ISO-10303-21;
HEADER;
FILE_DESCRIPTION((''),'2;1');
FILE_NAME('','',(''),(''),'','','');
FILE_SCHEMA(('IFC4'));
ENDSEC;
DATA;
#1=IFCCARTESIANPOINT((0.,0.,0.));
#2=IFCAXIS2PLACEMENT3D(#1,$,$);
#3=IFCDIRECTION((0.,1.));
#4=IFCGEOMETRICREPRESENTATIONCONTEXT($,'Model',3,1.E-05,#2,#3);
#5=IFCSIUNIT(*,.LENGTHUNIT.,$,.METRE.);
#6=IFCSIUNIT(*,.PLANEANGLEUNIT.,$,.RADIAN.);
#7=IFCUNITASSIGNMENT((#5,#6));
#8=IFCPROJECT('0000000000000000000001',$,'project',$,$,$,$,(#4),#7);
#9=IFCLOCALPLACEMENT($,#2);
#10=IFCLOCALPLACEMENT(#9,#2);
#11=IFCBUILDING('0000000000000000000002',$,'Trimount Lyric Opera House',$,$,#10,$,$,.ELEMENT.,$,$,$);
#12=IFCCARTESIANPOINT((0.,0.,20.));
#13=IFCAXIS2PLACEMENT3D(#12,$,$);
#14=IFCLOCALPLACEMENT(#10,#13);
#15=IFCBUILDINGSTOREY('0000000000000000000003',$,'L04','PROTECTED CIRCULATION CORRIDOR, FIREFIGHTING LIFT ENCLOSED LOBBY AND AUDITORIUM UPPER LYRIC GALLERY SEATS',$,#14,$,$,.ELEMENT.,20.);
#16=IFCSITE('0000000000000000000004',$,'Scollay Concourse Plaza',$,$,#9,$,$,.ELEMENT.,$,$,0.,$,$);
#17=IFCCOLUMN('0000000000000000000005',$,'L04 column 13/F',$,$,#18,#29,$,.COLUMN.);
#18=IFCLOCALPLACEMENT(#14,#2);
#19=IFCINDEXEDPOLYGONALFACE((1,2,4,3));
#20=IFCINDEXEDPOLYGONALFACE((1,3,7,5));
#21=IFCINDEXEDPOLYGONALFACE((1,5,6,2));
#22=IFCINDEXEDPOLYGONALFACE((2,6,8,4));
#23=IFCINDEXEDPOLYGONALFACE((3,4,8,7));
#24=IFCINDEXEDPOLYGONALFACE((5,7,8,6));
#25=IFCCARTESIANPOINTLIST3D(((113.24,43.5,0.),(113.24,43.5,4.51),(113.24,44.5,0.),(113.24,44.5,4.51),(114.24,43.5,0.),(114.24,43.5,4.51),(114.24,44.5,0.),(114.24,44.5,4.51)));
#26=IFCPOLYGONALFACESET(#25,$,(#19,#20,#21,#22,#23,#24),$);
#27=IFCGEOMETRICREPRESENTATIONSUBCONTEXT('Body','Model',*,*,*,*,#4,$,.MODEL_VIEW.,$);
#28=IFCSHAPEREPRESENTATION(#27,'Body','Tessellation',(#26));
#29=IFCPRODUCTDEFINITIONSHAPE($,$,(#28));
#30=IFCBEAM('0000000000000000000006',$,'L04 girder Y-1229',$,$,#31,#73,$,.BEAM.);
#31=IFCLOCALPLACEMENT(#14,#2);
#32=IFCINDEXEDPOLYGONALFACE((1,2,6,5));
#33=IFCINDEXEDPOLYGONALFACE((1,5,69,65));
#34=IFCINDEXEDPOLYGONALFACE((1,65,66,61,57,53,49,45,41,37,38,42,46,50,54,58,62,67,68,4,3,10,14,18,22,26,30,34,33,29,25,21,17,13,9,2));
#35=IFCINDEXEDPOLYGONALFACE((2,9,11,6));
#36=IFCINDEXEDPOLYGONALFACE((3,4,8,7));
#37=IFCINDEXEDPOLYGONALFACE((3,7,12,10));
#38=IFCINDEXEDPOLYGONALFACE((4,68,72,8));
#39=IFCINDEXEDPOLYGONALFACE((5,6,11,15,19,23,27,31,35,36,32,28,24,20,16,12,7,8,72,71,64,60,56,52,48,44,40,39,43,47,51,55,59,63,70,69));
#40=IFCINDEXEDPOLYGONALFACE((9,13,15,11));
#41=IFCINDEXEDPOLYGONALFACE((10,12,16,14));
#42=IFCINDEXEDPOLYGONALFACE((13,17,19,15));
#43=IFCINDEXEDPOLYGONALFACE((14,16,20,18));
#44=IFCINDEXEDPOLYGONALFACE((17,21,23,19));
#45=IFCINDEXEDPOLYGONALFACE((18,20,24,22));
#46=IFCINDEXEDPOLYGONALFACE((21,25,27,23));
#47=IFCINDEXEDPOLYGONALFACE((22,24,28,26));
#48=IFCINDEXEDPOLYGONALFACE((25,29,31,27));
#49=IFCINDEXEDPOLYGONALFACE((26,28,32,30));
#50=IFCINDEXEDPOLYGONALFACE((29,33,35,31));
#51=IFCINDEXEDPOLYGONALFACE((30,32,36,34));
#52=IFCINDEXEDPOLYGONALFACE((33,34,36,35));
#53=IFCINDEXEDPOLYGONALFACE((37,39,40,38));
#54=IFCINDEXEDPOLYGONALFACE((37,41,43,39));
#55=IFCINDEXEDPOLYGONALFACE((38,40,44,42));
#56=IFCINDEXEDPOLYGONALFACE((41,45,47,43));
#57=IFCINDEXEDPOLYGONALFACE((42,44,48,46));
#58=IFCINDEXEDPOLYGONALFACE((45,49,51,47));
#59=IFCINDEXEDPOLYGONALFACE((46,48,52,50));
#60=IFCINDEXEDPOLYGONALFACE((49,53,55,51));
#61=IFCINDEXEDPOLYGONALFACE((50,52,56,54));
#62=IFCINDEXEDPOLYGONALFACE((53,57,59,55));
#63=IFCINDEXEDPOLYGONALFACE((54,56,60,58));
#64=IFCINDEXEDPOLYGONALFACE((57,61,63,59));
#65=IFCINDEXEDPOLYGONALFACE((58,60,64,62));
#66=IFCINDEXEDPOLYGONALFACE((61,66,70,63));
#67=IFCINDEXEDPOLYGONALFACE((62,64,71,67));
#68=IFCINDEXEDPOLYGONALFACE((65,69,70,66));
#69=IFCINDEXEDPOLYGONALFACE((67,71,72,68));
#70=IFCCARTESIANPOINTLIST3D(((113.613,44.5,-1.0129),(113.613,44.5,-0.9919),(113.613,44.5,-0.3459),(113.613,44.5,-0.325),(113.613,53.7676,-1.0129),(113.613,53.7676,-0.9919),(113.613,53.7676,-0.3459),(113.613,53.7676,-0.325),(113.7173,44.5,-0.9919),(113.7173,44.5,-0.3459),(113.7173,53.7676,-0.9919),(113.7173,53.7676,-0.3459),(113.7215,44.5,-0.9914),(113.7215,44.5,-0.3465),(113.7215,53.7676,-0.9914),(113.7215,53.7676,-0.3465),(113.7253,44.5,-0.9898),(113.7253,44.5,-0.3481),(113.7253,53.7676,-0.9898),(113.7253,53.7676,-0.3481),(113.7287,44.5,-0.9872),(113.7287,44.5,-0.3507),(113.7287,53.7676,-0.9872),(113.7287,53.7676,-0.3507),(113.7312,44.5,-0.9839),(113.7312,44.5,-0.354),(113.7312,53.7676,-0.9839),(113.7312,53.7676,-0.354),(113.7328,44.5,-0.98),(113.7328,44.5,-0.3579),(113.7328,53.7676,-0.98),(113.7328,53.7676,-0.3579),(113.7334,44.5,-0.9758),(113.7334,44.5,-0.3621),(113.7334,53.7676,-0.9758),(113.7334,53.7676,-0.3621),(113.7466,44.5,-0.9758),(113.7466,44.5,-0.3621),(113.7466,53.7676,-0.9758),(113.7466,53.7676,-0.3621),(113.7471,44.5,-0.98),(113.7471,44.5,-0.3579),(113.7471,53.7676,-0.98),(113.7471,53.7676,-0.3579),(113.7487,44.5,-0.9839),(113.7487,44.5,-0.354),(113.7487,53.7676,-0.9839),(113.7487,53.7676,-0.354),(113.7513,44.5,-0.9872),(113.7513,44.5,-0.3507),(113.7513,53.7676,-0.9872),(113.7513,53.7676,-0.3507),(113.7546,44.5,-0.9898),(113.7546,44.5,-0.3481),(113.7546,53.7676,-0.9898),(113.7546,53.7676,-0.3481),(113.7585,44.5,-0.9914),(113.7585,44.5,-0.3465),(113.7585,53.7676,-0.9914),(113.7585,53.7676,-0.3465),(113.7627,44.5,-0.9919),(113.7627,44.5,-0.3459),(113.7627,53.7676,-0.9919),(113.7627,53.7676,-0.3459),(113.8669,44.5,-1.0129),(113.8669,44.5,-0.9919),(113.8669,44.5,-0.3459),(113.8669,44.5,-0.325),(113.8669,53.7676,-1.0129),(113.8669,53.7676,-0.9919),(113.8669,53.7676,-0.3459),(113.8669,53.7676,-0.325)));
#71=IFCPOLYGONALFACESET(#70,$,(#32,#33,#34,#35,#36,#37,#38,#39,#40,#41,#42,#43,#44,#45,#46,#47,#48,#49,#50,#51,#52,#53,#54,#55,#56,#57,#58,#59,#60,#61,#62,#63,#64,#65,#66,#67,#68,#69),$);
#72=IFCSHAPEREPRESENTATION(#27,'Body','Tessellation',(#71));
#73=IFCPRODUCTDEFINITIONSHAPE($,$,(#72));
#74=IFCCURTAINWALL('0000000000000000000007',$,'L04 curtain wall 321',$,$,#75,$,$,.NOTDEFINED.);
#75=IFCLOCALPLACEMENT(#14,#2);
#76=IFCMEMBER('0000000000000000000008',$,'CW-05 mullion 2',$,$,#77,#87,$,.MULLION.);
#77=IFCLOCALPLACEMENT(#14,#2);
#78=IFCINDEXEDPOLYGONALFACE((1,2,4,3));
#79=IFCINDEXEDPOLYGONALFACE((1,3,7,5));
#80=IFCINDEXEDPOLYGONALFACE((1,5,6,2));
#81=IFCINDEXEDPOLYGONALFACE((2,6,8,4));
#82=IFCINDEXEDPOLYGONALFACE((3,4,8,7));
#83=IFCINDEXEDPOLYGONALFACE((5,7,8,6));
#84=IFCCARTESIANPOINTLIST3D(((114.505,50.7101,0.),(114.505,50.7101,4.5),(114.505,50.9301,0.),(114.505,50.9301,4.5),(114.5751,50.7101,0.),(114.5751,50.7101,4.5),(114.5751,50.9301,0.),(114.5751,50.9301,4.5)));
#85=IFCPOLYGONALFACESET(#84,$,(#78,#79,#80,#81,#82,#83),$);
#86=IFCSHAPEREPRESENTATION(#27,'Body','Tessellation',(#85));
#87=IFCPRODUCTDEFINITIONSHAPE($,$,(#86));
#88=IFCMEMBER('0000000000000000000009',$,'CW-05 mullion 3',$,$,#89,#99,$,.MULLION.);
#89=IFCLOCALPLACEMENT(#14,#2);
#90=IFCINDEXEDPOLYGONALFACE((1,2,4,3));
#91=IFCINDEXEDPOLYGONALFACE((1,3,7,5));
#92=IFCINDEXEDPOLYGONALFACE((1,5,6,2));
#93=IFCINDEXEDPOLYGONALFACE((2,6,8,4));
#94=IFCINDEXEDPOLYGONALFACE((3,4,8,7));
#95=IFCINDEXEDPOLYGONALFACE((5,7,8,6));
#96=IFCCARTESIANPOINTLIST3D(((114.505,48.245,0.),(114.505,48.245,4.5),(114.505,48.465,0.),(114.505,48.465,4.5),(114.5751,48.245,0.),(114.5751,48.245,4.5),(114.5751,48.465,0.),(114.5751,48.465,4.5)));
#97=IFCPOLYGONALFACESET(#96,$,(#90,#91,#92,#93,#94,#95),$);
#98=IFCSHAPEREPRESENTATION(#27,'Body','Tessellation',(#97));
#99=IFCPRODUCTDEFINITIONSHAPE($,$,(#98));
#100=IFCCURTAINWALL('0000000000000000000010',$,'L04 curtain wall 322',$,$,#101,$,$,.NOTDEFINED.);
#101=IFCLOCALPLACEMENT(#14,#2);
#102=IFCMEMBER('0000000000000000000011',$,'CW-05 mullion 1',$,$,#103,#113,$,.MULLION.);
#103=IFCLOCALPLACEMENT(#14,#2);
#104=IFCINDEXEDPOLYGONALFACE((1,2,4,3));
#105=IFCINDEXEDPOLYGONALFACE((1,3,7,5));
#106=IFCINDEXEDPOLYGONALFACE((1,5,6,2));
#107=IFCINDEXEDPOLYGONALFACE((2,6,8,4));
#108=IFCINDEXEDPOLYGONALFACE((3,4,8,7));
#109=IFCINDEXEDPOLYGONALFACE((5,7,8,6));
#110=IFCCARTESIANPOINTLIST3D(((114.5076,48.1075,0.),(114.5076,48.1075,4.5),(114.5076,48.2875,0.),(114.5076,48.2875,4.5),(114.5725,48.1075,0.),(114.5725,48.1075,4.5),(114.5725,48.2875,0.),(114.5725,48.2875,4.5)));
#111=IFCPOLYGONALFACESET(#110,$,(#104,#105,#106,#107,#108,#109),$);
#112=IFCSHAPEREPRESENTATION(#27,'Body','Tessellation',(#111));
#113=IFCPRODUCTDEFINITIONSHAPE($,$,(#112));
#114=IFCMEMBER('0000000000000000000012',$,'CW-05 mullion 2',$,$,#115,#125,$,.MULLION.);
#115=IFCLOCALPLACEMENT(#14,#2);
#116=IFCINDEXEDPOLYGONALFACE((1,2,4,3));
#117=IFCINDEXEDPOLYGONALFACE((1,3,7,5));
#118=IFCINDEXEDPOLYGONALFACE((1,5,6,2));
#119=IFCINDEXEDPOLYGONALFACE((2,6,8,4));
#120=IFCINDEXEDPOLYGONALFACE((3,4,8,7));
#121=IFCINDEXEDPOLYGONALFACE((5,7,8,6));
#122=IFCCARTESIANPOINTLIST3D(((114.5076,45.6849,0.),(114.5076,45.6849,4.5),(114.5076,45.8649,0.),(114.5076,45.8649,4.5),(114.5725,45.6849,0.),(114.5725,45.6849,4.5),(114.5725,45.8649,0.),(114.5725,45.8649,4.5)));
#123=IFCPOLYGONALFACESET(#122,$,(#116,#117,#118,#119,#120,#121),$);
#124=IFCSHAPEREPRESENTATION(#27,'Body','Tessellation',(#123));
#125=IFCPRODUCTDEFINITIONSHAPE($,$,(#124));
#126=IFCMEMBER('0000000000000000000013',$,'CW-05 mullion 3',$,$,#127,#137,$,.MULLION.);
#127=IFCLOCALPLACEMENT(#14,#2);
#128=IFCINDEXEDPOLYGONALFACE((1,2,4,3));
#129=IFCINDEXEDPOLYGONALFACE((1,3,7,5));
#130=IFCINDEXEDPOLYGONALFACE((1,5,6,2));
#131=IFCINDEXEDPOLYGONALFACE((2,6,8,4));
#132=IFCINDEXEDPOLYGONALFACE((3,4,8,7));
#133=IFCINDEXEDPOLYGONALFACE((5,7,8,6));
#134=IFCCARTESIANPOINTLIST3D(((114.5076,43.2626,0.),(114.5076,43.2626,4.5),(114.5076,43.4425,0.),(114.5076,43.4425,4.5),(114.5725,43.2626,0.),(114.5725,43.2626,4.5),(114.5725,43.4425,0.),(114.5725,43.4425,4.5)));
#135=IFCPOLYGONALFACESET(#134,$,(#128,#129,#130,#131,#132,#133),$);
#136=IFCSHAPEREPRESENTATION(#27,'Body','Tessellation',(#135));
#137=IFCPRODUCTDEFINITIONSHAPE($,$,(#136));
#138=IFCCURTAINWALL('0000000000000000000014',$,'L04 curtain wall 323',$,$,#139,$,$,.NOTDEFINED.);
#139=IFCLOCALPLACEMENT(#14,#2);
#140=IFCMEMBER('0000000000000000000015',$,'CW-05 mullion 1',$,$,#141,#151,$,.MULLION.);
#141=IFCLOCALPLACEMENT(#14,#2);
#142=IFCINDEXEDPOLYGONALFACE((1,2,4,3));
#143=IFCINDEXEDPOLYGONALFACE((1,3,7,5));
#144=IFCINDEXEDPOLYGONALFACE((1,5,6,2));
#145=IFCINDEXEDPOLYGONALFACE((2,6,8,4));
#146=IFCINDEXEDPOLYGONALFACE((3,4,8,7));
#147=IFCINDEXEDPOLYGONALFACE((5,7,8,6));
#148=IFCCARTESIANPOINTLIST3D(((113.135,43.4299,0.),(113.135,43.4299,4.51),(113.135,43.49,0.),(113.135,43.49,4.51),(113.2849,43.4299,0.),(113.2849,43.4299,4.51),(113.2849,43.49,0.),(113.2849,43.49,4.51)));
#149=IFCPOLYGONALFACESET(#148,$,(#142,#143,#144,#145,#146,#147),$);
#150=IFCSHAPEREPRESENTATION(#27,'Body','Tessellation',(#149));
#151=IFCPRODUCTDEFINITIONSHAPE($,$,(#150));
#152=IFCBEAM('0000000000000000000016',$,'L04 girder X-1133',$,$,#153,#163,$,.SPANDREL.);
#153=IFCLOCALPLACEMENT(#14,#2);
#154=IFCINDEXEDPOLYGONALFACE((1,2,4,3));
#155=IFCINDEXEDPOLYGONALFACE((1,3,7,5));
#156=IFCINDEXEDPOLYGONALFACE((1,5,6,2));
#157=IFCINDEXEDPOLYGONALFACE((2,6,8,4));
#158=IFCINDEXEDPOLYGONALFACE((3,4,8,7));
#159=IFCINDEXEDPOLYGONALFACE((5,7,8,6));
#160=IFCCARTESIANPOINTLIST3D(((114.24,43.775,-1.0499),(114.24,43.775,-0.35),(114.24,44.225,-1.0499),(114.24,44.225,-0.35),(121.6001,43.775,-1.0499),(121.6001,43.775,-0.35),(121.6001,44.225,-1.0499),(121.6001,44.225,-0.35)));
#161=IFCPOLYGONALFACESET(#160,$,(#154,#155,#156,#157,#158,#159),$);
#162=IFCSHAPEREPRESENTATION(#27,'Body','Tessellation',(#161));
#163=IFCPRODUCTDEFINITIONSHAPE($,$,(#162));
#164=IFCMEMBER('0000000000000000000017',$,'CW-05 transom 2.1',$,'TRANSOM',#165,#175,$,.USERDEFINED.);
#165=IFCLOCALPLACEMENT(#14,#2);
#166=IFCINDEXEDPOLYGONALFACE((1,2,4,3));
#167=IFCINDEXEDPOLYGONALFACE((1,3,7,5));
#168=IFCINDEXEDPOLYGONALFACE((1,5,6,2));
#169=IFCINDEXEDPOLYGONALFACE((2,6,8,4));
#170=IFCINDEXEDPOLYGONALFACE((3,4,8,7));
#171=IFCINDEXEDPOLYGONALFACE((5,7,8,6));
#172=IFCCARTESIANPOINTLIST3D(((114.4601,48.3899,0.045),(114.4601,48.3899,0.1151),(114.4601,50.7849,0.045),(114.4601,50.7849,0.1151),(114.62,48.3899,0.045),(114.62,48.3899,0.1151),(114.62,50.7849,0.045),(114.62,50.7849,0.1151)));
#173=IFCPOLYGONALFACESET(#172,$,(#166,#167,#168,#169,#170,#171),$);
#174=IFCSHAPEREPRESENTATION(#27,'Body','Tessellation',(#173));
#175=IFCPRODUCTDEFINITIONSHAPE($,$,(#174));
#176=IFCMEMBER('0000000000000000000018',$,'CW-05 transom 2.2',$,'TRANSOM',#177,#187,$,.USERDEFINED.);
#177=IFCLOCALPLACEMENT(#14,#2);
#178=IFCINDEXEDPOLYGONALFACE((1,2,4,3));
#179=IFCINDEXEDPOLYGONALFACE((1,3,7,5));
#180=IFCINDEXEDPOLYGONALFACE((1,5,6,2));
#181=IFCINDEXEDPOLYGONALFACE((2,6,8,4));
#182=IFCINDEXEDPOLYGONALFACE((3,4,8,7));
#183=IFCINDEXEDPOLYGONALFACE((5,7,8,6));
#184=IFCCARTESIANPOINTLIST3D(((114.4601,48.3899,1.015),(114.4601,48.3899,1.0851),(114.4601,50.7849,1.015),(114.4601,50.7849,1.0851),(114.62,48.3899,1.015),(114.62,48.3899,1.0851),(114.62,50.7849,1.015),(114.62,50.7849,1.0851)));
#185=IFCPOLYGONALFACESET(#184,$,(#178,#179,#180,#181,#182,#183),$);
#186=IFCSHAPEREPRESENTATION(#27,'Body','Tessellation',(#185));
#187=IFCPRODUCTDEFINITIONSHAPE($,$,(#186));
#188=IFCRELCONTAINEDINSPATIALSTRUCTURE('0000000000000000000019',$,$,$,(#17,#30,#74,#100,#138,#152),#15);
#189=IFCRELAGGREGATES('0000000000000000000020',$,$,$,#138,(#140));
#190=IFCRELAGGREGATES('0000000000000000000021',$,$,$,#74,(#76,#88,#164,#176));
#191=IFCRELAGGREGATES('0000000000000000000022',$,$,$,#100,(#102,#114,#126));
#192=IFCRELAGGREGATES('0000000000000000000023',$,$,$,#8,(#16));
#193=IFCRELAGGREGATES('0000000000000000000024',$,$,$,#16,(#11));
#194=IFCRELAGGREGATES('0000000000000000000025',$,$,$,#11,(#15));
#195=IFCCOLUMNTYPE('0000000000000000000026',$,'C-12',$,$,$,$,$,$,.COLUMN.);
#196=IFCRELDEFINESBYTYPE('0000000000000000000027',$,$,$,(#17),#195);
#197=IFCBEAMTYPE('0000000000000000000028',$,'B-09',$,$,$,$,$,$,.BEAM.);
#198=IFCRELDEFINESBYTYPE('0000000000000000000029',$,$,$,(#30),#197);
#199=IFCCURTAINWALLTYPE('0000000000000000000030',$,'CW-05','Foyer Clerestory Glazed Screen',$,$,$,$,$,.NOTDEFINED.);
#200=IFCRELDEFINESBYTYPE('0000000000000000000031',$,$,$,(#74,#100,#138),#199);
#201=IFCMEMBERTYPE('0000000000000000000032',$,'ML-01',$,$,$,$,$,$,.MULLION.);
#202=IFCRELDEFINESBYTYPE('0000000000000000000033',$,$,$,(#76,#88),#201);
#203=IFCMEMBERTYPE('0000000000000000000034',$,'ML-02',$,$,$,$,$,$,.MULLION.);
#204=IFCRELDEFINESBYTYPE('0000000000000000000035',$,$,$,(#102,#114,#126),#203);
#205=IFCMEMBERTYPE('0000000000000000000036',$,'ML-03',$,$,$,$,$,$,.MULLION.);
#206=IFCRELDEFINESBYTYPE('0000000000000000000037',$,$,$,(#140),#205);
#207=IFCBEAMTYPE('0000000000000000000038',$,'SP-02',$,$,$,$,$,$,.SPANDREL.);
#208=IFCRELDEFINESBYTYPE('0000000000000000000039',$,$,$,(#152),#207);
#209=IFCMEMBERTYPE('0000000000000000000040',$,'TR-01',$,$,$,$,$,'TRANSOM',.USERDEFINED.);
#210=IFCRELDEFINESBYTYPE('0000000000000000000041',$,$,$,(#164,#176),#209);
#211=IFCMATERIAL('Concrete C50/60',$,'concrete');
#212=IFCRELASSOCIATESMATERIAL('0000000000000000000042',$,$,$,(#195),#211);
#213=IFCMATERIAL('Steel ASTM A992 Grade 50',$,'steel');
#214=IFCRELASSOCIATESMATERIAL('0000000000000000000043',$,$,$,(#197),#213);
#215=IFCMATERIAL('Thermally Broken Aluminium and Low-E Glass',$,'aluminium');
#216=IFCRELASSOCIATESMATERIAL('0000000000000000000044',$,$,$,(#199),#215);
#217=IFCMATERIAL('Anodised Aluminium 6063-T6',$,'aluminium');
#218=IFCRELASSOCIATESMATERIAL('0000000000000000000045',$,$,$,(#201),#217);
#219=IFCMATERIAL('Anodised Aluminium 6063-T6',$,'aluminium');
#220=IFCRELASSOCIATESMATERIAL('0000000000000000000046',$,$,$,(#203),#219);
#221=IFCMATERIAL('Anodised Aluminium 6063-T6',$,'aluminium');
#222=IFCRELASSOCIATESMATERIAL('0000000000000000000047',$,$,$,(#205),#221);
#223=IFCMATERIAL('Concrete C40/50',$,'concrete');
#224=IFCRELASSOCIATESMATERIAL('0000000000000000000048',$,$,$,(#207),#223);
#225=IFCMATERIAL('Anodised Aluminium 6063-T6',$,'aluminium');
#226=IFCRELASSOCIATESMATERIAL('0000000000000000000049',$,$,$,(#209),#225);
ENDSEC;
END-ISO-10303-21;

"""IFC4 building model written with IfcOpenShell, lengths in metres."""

from ifc_helpers import new_model, si_unit, direction, frame, origin, origin_2d, place, context, subcontext, project, spatial, rectangle, i_section, extrude, material, material_profile, profile_set, type_object, element, aggregate, save


model = new_model("IFC4")

# Units and contexts
model_context = context("Model", 3, precision=1e-05, world=origin(), true_north=direction((0.0, 1.0)))
body_context = subcontext(model_context, "Body", "Model", "MODEL_VIEW")
ifc_project = project(units=[si_unit("LENGTHUNIT", "METRE"), si_unit("PLANEANGLEUNIT", "RADIAN")], contexts=[model_context])

# Site, building, storey
site_placement = place(None, origin())
site = spatial("IfcSite", under=ifc_project, at=site_placement, Name="Scollay Concourse Plaza", CompositionType="ELEMENT", RefElevation=0.0)
building_placement = place(site_placement, origin())
building = spatial("IfcBuilding", under=site, at=building_placement, Name="Trimount Lyric Opera House", CompositionType="ELEMENT")
storey_placement = place(building_placement, frame((0.0, 0.0, 20.0)))
storey = spatial("IfcBuildingStorey", under=building, at=storey_placement, Name="L04", Description="PROTECTED CIRCULATION CORRIDOR, FIREFIGHTING LIFT ENCLOSED LOBBY AND AUDITORIUM UPPER LYRIC GALLERY SEATS", CompositionType="ELEMENT", Elevation=20.0)

# Column
ifc_material_1 = material(Name="Concrete C50/60", Category="concrete")
ifc_material_profile_1 = material_profile(ifc_material_1, rectangle(XDim=1.0, YDim=1.0, at=origin_2d()), Name="RC1000X1000")
ifc_profile_set_1 = profile_set([ifc_material_profile_1], Name="Concrete C50/60")
column_type = type_object("IfcColumnType", Name="C-12", PredefinedType="COLUMN", material=ifc_profile_set_1)
column_placement = place(storey_placement, frame((113.74, 44.0, 0.0), z_axis=(0.0, 0.0, 1.0), x_axis=(1.0, 0.0, 0.0)))
element("IfcColumn", 1, at=column_placement, inside=storey, type_object=column_type, Name="L04 column 13/F", PredefinedType="COLUMN", context=body_context, shape_type="SweptSolid", body=[
    extrude(rectangle(XDim=1.0, YDim=1.0, at=origin_2d()), origin(), (0.0, 0.0, 1.0), 4.51),
])

# Beam
ifc_material_2 = material(Name="Steel ASTM A992 Grade 50", Category="steel")
ifc_material_profile_2 = material_profile(ifc_material_2, i_section(OverallWidth=0.2539, OverallDepth=0.688, WebThickness=0.0132, FlangeThickness=0.021, FilletRadius=0.0161, at=origin_2d()), Name="W27X102")
ifc_profile_set_2 = profile_set([ifc_material_profile_2], Name="Steel ASTM A992 Grade 50")
beam_type_1 = type_object("IfcBeamType", Name="B-09", PredefinedType="BEAM", material=ifc_profile_set_2)
beam_1_placement = place(storey_placement, frame((113.74, 44.5, -0.6689), z_axis=(0.0, 1.0, 0.0), x_axis=(-1.0, 0.0, 0.0)))
element("IfcBeam", 2, at=beam_1_placement, inside=storey, type_object=beam_type_1, Name="L04 girder Y-1229", PredefinedType="BEAM", context=body_context, shape_type="SweptSolid", body=[
    extrude(i_section(OverallWidth=0.2539, OverallDepth=0.688, WebThickness=0.0132, FlangeThickness=0.021, FilletRadius=0.0161, at=origin_2d()), origin(), (0.0, 0.0, 1.0), 9.2676),
])

# Curtain walls, members
ifc_material_3 = material(Name="Thermally Broken Aluminium and Low-E Glass", Category="aluminium")
curtain_wall_type = type_object("IfcCurtainWallType", Name="CW-05", Description="Foyer Clerestory Glazed Screen", PredefinedType="NOTDEFINED", material=ifc_material_3)
curtain_wall_1_placement = place(storey_placement, origin())
curtain_wall_1 = element("IfcCurtainWall", 3, at=curtain_wall_1_placement, inside=storey, type_object=curtain_wall_type, Name="L04 curtain wall 321", PredefinedType="NOTDEFINED")
ifc_material_4 = material(Name="Anodised Aluminium 6063-T6", Category="aluminium")
ifc_material_profile_3 = material_profile(ifc_material_4, rectangle(XDim=0.0701, YDim=0.22, at=origin_2d()), Name="ALU-MULL-70X220")
ifc_profile_set_3 = profile_set([ifc_material_profile_3], Name="Anodised Aluminium 6063-T6")
member_type_1 = type_object("IfcMemberType", Name="ML-01", PredefinedType="MULLION", material=ifc_profile_set_3)
member_1_placement = place(storey_placement, frame((114.54, 50.8201, 0.0), z_axis=(0.0, 0.0, 1.0), x_axis=(1.0, 0.0, 0.0)))
member_1 = element("IfcMember", 4, at=member_1_placement, type_object=member_type_1, Name="CW-05 mullion 2", PredefinedType="MULLION", context=body_context, shape_type="SweptSolid", body=[
    extrude(rectangle(XDim=0.0701, YDim=0.22, at=origin_2d()), origin(), (0.0, 0.0, 1.0), 4.5),
])
member_2_placement = place(storey_placement, frame((114.54, 48.355, 0.0), z_axis=(0.0, 0.0, 1.0), x_axis=(1.0, 0.0, 0.0)))
member_2 = element("IfcMember", 5, at=member_2_placement, type_object=member_type_1, Name="CW-05 mullion 3", PredefinedType="MULLION", context=body_context, shape_type="SweptSolid", body=[
    extrude(rectangle(XDim=0.0701, YDim=0.22, at=origin_2d()), origin(), (0.0, 0.0, 1.0), 4.5),
])
curtain_wall_2_placement = place(storey_placement, origin())
curtain_wall_2 = element("IfcCurtainWall", 6, at=curtain_wall_2_placement, inside=storey, type_object=curtain_wall_type, Name="L04 curtain wall 322", PredefinedType="NOTDEFINED")
ifc_material_5 = material(Name="Anodised Aluminium 6063-T6", Category="aluminium")
ifc_material_profile_4 = material_profile(ifc_material_5, rectangle(XDim=0.0649, YDim=0.1799, at=origin_2d()), Name="ALU-MULL-65X180")
ifc_profile_set_4 = profile_set([ifc_material_profile_4], Name="Anodised Aluminium 6063-T6")
member_type_2 = type_object("IfcMemberType", Name="ML-02", PredefinedType="MULLION", material=ifc_profile_set_4)
member_3_placement = place(storey_placement, frame((114.54, 48.1975, 0.0), z_axis=(0.0, 0.0, 1.0), x_axis=(1.0, 0.0, 0.0)))
member_3 = element("IfcMember", 7, at=member_3_placement, type_object=member_type_2, Name="CW-05 mullion 1", PredefinedType="MULLION", context=body_context, shape_type="SweptSolid", body=[
    extrude(rectangle(XDim=0.0649, YDim=0.1799, at=origin_2d()), origin(), (0.0, 0.0, 1.0), 4.5),
])
member_4_placement = place(storey_placement, frame((114.54, 45.7749, 0.0), z_axis=(0.0, 0.0, 1.0), x_axis=(1.0, 0.0, 0.0)))
member_4 = element("IfcMember", 8, at=member_4_placement, type_object=member_type_2, Name="CW-05 mullion 2", PredefinedType="MULLION", context=body_context, shape_type="SweptSolid", body=[
    extrude(rectangle(XDim=0.0649, YDim=0.1799, at=origin_2d()), origin(), (0.0, 0.0, 1.0), 4.5),
])
member_5_placement = place(storey_placement, frame((114.54, 43.3525, 0.0), z_axis=(0.0, 0.0, 1.0), x_axis=(1.0, 0.0, 0.0)))
member_5 = element("IfcMember", 9, at=member_5_placement, type_object=member_type_2, Name="CW-05 mullion 3", PredefinedType="MULLION", context=body_context, shape_type="SweptSolid", body=[
    extrude(rectangle(XDim=0.0649, YDim=0.1799, at=origin_2d()), origin(), (0.0, 0.0, 1.0), 4.5),
])

# Curtain wall, member
curtain_wall_3_placement = place(storey_placement, origin())
curtain_wall_3 = element("IfcCurtainWall", 10, at=curtain_wall_3_placement, inside=storey, type_object=curtain_wall_type, Name="L04 curtain wall 323", PredefinedType="NOTDEFINED")
ifc_material_6 = material(Name="Anodised Aluminium 6063-T6", Category="aluminium")
ifc_material_profile_5 = material_profile(ifc_material_6, rectangle(XDim=0.0601, YDim=0.1499, at=origin_2d()), Name="ALU-MULL-60X150")
ifc_profile_set_5 = profile_set([ifc_material_profile_5], Name="Anodised Aluminium 6063-T6")
member_type_3 = type_object("IfcMemberType", Name="ML-03", PredefinedType="MULLION", material=ifc_profile_set_5)
member_6_placement = place(storey_placement, frame((113.21, 43.46, 0.0), z_axis=(0.0, 0.0, 1.0), x_axis=(0.0, -1.0, 0.0)))
member_6 = element("IfcMember", 11, at=member_6_placement, type_object=member_type_3, Name="CW-05 mullion 1", PredefinedType="MULLION", context=body_context, shape_type="SweptSolid", body=[
    extrude(rectangle(XDim=0.0601, YDim=0.1499, at=origin_2d()), origin(), (0.0, 0.0, 1.0), 4.51),
])

# Beam
ifc_material_7 = material(Name="Concrete C40/50", Category="concrete")
ifc_material_profile_6 = material_profile(ifc_material_7, rectangle(XDim=0.45, YDim=0.7, at=origin_2d()), Name="RC450X700")
ifc_profile_set_6 = profile_set([ifc_material_profile_6], Name="Concrete C40/50")
beam_type_2 = type_object("IfcBeamType", Name="SP-02", PredefinedType="SPANDREL", material=ifc_profile_set_6)
beam_2_placement = place(storey_placement, frame((114.24, 44.0, -0.7), z_axis=(1.0, 0.0, 0.0), x_axis=(0.0, 1.0, 0.0)))
element("IfcBeam", 12, at=beam_2_placement, inside=storey, type_object=beam_type_2, Name="L04 girder X-1133", PredefinedType="SPANDREL", context=body_context, shape_type="SweptSolid", body=[
    extrude(rectangle(XDim=0.45, YDim=0.7, at=origin_2d()), origin(), (0.0, 0.0, 1.0), 7.3601),
])

# Members
ifc_material_8 = material(Name="Anodised Aluminium 6063-T6", Category="aluminium")
ifc_material_profile_7 = material_profile(ifc_material_8, rectangle(XDim=0.1599, YDim=0.0701, at=origin_2d()), Name="ALU-TRAN-70X160")
ifc_profile_set_7 = profile_set([ifc_material_profile_7], Name="Anodised Aluminium 6063-T6")
member_type_4 = type_object("IfcMemberType", Name="TR-01", ElementType="TRANSOM", PredefinedType="USERDEFINED", material=ifc_profile_set_7)
member_7_placement = place(storey_placement, frame((114.54, 50.7849, 0.0801), z_axis=(0.0, -1.0, 0.0), x_axis=(1.0, 0.0, 0.0)))
member_7 = element("IfcMember", 13, at=member_7_placement, type_object=member_type_4, Name="CW-05 transom 2.1", ObjectType="TRANSOM", PredefinedType="USERDEFINED", context=body_context, shape_type="SweptSolid", body=[
    extrude(rectangle(XDim=0.1599, YDim=0.0701, at=origin_2d()), origin(), (0.0, 0.0, 1.0), 2.395),
])
member_8_placement = place(storey_placement, frame((114.54, 50.7849, 1.05), z_axis=(0.0, -1.0, 0.0), x_axis=(1.0, 0.0, 0.0)))
member_8 = element("IfcMember", 14, at=member_8_placement, type_object=member_type_4, Name="CW-05 transom 2.2", ObjectType="TRANSOM", PredefinedType="USERDEFINED", context=body_context, shape_type="SweptSolid", body=[
    extrude(rectangle(XDim=0.1599, YDim=0.0701, at=origin_2d()), origin(), (0.0, 0.0, 1.0), 2.395),
])
aggregate(curtain_wall_3, [member_6])

aggregate(curtain_wall_1, [member_1, member_2, member_7, member_8])
aggregate(curtain_wall_2, [member_3, member_4, member_5])

save(model, "model.ifc")
